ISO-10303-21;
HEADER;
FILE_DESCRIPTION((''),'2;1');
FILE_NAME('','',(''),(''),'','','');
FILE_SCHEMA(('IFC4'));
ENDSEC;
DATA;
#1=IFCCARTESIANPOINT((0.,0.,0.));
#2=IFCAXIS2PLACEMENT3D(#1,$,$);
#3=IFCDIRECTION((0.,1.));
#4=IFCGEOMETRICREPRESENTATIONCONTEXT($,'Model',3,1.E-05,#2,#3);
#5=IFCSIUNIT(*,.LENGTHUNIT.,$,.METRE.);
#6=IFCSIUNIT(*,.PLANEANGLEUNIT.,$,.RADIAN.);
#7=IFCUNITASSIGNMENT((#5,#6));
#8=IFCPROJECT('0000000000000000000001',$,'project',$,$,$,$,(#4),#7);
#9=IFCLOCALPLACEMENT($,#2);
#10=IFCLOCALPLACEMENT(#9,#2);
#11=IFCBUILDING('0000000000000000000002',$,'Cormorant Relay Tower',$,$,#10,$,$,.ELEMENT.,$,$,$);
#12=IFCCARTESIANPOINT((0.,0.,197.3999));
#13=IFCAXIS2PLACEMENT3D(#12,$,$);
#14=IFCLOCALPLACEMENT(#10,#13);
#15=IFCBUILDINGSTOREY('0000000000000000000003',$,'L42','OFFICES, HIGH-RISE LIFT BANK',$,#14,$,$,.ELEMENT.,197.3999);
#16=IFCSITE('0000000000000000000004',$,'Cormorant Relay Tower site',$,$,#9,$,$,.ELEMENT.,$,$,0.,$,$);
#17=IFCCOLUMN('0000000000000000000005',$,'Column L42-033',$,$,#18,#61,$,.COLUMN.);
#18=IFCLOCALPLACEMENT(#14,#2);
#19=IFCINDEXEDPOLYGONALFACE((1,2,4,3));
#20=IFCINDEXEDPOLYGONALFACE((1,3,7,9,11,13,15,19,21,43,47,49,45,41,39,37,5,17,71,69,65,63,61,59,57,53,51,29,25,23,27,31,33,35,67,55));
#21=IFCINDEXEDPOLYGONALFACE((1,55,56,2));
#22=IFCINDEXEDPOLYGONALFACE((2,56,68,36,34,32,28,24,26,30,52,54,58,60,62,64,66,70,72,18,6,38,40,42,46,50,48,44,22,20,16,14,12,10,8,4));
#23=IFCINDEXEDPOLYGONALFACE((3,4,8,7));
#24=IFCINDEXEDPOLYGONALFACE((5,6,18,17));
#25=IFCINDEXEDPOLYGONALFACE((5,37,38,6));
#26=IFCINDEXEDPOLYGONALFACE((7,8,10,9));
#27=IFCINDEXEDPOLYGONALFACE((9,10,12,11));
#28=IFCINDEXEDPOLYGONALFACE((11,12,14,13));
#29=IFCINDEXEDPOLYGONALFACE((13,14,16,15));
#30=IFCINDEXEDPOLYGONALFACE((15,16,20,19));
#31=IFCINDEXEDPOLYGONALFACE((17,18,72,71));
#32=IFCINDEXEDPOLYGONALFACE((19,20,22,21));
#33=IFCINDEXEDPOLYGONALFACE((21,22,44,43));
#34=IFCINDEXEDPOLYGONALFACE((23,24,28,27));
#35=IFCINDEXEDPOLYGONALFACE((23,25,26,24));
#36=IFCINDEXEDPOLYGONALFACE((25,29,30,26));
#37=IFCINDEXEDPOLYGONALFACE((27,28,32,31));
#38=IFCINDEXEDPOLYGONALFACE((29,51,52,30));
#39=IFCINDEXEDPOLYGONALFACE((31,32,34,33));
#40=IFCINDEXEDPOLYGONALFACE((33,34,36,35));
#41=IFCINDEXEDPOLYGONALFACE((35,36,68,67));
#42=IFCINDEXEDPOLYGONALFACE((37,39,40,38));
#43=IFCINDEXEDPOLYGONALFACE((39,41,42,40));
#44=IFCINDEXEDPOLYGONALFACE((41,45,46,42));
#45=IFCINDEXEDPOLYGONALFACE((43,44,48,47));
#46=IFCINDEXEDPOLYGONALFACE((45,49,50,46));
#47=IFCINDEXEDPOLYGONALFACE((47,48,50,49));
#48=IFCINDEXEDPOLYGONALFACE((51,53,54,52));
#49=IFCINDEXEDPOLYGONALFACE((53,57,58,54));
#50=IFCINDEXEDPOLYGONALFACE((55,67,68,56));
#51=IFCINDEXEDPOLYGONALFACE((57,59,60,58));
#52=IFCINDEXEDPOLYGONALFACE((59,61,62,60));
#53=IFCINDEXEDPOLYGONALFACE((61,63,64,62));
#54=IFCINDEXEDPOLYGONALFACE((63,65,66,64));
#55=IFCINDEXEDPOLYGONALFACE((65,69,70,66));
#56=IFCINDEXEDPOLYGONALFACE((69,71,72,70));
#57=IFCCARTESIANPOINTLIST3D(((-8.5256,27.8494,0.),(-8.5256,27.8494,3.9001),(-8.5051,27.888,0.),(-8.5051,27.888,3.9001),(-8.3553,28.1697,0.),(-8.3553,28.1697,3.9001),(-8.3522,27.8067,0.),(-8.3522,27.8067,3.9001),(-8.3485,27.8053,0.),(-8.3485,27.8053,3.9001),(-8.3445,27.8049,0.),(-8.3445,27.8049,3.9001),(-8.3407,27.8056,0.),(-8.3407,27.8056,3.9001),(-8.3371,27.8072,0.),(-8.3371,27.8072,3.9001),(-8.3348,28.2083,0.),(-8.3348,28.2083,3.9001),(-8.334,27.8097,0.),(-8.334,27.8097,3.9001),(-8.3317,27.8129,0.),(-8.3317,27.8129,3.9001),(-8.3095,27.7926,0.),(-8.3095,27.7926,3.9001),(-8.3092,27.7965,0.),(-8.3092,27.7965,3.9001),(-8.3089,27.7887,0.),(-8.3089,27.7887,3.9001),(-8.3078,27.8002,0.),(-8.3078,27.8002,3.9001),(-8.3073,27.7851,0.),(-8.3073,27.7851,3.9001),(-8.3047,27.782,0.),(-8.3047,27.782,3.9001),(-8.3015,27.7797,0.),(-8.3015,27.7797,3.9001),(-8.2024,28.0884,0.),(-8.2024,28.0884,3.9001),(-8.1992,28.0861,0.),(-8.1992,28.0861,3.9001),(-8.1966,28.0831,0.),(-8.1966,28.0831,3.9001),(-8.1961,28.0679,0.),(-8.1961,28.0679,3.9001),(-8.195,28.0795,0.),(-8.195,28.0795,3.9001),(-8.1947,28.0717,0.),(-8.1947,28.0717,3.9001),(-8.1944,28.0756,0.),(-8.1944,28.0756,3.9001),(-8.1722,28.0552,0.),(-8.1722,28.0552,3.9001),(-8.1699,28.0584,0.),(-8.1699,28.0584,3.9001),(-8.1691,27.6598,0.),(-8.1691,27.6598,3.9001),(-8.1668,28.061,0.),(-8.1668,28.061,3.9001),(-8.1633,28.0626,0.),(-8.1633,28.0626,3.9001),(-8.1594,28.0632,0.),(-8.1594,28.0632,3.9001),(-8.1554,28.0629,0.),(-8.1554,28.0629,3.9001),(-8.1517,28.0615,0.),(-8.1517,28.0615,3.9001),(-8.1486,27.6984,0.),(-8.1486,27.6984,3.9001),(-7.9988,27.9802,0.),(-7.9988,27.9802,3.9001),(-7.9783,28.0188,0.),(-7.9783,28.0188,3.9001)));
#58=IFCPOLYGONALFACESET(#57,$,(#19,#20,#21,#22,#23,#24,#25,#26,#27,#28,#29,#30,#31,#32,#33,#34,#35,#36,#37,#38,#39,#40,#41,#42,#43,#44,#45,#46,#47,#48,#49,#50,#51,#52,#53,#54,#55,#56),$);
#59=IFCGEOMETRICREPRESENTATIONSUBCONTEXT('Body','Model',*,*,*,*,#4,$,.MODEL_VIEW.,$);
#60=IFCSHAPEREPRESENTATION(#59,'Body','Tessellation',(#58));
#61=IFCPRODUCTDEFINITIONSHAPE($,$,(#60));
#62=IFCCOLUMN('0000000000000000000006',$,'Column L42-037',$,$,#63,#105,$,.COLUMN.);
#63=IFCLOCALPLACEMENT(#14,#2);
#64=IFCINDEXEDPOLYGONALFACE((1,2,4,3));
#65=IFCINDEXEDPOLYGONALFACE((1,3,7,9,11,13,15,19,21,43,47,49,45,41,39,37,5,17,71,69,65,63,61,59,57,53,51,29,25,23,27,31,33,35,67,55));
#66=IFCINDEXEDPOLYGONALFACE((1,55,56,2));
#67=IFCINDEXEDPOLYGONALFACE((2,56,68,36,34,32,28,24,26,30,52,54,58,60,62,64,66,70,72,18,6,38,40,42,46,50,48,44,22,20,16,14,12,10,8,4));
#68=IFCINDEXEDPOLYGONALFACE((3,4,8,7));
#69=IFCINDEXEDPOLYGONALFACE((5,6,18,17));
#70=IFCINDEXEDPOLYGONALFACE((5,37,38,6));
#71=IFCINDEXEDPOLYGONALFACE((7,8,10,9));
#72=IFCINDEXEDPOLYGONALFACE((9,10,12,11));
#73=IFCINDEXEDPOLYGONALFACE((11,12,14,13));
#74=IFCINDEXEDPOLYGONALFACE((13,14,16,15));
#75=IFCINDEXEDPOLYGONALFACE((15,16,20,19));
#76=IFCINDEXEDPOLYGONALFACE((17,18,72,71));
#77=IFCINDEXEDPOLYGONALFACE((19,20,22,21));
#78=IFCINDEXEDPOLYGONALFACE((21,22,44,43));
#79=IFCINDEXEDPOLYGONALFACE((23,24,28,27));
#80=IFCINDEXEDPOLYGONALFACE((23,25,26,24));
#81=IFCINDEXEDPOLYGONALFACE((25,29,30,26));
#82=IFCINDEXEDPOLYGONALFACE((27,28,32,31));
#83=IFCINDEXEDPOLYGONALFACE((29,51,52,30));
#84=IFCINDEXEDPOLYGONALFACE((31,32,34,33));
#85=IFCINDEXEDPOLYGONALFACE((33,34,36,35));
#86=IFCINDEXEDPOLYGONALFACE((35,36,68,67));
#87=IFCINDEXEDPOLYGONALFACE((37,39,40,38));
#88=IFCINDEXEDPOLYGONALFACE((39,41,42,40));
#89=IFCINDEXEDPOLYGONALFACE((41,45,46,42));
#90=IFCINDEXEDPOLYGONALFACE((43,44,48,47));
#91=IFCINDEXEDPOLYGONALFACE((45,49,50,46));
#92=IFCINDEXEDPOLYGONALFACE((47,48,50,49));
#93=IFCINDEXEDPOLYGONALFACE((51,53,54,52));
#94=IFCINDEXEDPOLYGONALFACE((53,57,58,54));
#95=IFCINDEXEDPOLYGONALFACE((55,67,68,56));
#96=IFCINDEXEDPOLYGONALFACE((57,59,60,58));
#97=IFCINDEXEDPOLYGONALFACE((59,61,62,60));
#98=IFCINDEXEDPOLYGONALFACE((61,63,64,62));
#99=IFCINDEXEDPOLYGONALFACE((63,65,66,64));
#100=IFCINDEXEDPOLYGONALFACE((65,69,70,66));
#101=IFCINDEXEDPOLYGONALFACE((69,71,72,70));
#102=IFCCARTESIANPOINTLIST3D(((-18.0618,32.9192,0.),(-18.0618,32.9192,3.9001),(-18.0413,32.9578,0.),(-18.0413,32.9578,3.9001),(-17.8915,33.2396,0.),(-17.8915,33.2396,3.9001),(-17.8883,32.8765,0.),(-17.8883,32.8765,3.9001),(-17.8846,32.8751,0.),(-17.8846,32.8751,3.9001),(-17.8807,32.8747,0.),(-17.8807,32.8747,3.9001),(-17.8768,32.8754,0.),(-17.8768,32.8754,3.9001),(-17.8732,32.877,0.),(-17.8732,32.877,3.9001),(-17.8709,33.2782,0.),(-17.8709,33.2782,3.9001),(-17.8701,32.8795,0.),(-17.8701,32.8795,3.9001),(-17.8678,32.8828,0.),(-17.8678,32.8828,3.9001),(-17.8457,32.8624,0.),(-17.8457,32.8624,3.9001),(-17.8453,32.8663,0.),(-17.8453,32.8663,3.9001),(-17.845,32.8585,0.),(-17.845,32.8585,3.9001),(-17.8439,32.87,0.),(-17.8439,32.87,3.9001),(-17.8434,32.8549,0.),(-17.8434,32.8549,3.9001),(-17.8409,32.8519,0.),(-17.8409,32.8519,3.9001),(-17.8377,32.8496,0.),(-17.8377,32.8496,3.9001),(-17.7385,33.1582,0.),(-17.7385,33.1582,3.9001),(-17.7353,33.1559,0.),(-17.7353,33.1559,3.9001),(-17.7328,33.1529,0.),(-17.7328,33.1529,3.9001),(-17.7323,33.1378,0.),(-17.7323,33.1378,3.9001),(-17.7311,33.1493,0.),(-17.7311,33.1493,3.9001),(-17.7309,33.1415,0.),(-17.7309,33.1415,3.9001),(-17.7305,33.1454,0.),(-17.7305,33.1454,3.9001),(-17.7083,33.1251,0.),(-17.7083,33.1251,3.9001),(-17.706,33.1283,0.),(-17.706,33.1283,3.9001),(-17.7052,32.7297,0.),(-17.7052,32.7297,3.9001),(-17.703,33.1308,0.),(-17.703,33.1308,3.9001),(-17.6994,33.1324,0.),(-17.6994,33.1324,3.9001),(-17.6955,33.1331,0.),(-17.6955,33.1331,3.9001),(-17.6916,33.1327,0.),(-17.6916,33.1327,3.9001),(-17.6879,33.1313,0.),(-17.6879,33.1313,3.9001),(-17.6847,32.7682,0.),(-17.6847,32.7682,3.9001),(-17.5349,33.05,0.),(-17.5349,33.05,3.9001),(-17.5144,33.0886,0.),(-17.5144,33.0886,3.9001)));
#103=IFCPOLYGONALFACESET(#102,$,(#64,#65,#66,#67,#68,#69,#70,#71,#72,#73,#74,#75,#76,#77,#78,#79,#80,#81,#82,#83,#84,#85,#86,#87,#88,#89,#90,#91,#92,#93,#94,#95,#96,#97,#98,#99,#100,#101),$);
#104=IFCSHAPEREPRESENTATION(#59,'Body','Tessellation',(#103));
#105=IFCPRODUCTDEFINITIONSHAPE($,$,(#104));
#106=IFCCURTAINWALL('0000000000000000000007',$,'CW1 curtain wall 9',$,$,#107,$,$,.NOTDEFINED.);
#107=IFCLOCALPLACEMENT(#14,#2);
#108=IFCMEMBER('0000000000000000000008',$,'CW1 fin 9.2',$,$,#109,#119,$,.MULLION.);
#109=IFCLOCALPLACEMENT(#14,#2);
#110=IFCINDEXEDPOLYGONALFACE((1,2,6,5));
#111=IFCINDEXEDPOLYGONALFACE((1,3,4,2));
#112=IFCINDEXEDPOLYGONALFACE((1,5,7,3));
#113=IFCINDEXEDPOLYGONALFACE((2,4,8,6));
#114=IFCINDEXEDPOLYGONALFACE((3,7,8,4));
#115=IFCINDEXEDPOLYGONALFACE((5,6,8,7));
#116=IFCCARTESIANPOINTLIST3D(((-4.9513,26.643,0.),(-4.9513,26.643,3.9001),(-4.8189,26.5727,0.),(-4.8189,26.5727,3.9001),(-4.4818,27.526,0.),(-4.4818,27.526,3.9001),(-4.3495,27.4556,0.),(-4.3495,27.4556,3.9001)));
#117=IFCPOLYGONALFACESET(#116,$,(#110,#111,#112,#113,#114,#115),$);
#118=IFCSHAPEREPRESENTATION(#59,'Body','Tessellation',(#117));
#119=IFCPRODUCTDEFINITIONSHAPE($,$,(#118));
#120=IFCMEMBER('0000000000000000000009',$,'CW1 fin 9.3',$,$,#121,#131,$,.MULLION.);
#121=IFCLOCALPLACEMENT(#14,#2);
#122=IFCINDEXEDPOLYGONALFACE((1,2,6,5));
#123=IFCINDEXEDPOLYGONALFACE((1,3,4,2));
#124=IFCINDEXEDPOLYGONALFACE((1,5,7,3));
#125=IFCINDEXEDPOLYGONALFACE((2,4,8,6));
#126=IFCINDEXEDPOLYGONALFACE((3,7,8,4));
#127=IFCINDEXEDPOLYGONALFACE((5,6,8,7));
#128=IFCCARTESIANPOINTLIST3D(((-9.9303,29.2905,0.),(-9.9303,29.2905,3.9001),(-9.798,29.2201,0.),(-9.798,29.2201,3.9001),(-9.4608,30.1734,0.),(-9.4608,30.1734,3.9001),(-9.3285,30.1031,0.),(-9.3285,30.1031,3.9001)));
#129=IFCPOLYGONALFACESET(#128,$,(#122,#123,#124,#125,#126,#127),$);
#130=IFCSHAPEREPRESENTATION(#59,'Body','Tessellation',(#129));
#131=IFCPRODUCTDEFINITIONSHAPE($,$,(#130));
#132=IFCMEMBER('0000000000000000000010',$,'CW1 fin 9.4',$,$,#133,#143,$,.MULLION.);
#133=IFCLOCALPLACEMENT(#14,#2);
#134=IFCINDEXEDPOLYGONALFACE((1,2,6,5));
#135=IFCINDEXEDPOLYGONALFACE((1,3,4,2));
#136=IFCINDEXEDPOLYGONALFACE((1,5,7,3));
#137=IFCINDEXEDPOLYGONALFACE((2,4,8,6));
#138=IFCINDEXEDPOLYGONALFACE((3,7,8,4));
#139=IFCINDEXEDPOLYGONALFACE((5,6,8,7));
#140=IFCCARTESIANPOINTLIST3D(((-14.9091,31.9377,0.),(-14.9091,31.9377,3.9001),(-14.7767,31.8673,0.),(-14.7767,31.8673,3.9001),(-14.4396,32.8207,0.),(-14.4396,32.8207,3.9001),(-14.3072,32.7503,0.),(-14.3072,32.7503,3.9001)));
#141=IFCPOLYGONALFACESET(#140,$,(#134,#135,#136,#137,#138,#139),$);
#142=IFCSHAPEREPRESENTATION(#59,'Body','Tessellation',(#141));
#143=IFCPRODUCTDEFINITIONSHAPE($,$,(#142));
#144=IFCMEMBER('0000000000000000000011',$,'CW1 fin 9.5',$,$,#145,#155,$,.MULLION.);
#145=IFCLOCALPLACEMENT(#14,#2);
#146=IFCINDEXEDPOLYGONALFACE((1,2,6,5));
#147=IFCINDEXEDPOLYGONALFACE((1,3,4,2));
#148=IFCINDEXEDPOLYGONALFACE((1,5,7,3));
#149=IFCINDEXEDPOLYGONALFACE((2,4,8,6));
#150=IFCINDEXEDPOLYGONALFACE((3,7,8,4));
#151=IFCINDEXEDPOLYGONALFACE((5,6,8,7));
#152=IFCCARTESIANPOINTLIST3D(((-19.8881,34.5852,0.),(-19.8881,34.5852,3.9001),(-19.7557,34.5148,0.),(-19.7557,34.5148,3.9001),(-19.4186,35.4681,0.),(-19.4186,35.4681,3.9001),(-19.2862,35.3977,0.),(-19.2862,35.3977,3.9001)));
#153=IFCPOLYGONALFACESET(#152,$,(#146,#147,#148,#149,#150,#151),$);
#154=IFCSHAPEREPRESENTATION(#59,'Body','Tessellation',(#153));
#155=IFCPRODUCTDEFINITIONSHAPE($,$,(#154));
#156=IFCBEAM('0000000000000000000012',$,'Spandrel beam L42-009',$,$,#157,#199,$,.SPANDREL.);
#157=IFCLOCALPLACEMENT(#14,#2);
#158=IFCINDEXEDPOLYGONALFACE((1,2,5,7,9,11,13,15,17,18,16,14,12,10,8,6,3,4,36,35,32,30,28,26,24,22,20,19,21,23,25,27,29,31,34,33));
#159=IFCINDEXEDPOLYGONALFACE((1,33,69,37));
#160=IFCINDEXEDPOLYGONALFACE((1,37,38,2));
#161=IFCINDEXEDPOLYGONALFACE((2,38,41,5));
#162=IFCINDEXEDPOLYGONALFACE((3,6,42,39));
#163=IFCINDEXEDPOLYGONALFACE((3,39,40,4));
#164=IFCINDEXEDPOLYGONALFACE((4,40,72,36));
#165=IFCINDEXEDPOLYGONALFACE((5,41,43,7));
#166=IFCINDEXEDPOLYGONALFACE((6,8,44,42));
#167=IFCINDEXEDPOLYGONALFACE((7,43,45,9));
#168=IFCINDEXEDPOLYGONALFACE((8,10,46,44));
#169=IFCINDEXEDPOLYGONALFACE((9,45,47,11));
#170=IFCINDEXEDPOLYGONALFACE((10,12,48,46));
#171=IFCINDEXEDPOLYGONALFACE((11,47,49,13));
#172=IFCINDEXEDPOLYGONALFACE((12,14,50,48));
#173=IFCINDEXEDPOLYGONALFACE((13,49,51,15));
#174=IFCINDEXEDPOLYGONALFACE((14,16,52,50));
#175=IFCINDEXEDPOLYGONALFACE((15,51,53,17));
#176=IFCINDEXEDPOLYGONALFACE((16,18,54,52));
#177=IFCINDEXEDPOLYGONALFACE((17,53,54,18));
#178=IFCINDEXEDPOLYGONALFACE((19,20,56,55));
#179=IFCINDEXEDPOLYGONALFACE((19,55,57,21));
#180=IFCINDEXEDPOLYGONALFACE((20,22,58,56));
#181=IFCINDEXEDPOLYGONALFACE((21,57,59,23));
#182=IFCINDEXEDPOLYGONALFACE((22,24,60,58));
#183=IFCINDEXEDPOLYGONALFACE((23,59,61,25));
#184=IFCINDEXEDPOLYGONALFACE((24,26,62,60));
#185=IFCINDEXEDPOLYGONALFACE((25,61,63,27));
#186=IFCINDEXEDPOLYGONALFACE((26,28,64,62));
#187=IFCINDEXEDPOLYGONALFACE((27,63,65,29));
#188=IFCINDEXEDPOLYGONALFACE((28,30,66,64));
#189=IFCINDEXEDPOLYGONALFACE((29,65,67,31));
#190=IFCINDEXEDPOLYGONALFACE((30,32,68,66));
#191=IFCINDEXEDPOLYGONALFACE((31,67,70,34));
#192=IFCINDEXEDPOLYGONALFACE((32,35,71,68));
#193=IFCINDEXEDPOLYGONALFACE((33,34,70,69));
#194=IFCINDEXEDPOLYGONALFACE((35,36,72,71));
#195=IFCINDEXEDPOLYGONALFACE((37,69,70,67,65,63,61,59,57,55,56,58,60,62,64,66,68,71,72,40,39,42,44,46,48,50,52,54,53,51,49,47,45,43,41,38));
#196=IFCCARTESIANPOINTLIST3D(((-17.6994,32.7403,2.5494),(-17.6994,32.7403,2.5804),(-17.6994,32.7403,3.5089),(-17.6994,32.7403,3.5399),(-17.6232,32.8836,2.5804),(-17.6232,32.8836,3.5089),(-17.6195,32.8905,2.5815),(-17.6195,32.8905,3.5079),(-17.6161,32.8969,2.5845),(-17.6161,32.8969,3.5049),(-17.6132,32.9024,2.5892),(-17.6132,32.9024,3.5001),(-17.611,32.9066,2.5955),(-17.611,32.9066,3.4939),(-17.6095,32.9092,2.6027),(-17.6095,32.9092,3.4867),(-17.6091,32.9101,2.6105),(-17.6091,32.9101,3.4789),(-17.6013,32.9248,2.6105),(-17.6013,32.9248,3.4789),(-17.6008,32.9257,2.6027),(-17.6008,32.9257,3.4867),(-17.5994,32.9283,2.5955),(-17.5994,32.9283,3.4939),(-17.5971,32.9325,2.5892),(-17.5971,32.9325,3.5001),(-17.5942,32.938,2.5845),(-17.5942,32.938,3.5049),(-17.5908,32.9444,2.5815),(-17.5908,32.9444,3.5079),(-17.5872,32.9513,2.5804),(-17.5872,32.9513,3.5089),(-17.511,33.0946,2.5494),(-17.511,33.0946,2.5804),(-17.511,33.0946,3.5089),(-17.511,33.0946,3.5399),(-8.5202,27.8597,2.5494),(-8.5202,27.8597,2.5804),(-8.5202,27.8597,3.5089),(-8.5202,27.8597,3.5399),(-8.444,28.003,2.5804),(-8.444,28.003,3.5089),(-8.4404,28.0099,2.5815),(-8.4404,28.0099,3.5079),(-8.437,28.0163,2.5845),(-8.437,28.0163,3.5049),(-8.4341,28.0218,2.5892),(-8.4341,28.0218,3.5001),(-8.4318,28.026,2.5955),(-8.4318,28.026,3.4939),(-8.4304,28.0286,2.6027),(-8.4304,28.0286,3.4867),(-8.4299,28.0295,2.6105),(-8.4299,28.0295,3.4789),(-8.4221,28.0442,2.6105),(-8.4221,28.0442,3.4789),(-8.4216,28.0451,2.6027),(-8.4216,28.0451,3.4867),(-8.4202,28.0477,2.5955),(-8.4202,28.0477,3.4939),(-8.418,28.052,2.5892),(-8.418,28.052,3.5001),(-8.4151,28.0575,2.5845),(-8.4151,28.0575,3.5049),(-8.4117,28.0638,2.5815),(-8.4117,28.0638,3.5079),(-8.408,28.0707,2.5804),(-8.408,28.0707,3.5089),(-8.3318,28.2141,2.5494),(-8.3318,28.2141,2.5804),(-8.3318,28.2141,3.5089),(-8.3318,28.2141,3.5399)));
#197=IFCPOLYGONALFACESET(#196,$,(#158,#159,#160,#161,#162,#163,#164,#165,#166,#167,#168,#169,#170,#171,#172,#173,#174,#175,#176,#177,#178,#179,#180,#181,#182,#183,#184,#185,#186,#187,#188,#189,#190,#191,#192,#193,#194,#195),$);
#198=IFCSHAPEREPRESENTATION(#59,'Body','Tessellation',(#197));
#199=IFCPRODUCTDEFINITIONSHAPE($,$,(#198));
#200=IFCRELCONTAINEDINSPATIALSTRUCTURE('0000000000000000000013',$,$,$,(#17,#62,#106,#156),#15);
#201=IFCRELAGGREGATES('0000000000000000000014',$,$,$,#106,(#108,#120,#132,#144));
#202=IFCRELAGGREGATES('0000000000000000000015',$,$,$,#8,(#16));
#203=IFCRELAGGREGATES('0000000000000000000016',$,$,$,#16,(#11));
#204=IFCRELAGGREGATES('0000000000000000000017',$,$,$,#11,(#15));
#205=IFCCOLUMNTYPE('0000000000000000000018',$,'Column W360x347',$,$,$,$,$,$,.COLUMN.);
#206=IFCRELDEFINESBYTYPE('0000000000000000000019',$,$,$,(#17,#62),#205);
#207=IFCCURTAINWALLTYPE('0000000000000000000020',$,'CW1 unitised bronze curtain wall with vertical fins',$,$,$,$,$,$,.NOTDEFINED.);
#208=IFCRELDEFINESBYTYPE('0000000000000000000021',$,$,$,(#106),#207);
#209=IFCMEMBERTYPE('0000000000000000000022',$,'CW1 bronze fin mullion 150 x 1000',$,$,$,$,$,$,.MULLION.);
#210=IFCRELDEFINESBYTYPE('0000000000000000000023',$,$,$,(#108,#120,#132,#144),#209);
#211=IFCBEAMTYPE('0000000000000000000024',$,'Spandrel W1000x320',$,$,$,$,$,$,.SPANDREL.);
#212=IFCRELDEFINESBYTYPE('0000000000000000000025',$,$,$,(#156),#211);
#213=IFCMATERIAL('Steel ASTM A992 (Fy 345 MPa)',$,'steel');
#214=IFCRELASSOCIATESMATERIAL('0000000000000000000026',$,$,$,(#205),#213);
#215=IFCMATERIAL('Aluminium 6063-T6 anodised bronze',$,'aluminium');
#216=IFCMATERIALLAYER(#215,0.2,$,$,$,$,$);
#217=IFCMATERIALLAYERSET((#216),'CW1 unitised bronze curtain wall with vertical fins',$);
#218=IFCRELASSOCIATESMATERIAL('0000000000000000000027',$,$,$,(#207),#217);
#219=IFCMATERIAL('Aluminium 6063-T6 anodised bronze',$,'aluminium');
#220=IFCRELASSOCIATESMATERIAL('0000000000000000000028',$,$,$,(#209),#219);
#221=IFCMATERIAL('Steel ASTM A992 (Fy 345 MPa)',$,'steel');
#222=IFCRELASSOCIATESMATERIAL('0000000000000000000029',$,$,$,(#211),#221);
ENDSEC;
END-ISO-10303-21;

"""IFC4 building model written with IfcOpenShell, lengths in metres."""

from ifc_helpers import new_model, si_unit, direction, frame, origin, origin_2d, place, context, subcontext, project, spatial, rectangle, i_section, extrude, material, layer, layer_set, material_profile, profile_set, type_object, element, aggregate, save


model = new_model("IFC4")

# Units and contexts
model_context = context("Model", 3, precision=1e-05, world=origin(), true_north=direction((0.0, 1.0)))
body_context = subcontext(model_context, "Body", "Model", "MODEL_VIEW")
ifc_project = project(units=[si_unit("LENGTHUNIT", "METRE"), si_unit("PLANEANGLEUNIT", "RADIAN")], contexts=[model_context])

# Site, building, storey
site_placement = place(None, origin())
site = spatial("IfcSite", under=ifc_project, at=site_placement, Name="Cormorant Relay Tower site", CompositionType="ELEMENT", RefElevation=0.0)
building_placement = place(site_placement, origin())
building = spatial("IfcBuilding", under=site, at=building_placement, Name="Cormorant Relay Tower", CompositionType="ELEMENT")
storey_placement = place(building_placement, frame((0.0, 0.0, 197.3999)))
storey = spatial("IfcBuildingStorey", under=building, at=storey_placement, Name="L42", Description="OFFICES, HIGH-RISE LIFT BANK", CompositionType="ELEMENT", Elevation=197.3999)

# Columns
ifc_material_1 = material(Name="Steel ASTM A992 (Fy 345 MPa)", Category="steel")
ifc_material_profile_1 = material_profile(ifc_material_1, i_section(OverallWidth=0.4038, OverallDepth=0.4065, WebThickness=0.0271, FlangeThickness=0.0437, FilletRadius=0.0151, at=origin_2d()), Name="W360x347")
ifc_profile_set_1 = profile_set([ifc_material_profile_1], Name="Steel ASTM A992 (Fy 345 MPa)")
column_type = type_object("IfcColumnType", Name="Column W360x347", PredefinedType="COLUMN", material=ifc_profile_set_1)
for number, where, z_axis, x_axis, name in (
    (1, (-8.252, 27.9341, 0.0), (0.0, 0.0, 1.0), (-0.882948, 0.469472, 0.0), "Column L42-033"),
    (2, (-17.7881, 33.0039, 0.0), (0.0, 0.0, 1.0), (-0.882948, 0.469472, 0.0), "Column L42-037"),
):
    element("IfcColumn", number, at=place(storey_placement, frame(where, z_axis=z_axis, x_axis=x_axis)), inside=storey, type_object=column_type, Name=name, PredefinedType="COLUMN", context=body_context, shape_type="SweptSolid", body=[
        extrude(i_section(OverallWidth=0.4038, OverallDepth=0.4065, WebThickness=0.0271, FlangeThickness=0.0437, FilletRadius=0.0151, at=origin_2d()), origin(), (0.0, 0.0, 1.0), 3.9001),
    ])

# Curtain wall, members
ifc_material_2 = material(Name="Aluminium 6063-T6 anodised bronze", Category="aluminium")
ifc_layer_1 = layer(ifc_material_2, 0.2)
ifc_layer_set_1 = layer_set([ifc_layer_1], Name="CW1 unitised bronze curtain wall with vertical fins")
curtain_wall_type = type_object("IfcCurtainWallType", Name="CW1 unitised bronze curtain wall with vertical fins", PredefinedType="NOTDEFINED", material=ifc_layer_set_1)
curtain_wall_placement = place(storey_placement, origin())
curtain_wall = element("IfcCurtainWall", 3, at=curtain_wall_placement, inside=storey, type_object=curtain_wall_type, Name="CW1 curtain wall 9", PredefinedType="NOTDEFINED")
ifc_material_3 = material(Name="Aluminium 6063-T6 anodised bronze", Category="aluminium")
ifc_material_profile_2 = material_profile(ifc_material_3, rectangle(XDim=0.1499, YDim=1.0, at=origin_2d()), Name="AL 150x1000")
ifc_profile_set_2 = profile_set([ifc_material_profile_2], Name="Aluminium 6063-T6 anodised bronze")
member_type = type_object("IfcMemberType", Name="CW1 bronze fin mullion 150 x 1000", PredefinedType="MULLION", material=ifc_profile_set_2)
member_1_placement = place(storey_placement, frame((-4.6504, 27.0493, 0.0), z_axis=(0.0, 0.0, 1.0), x_axis=(-0.882948, 0.469472, 0.0)))
member_1 = element("IfcMember", 4, at=member_1_placement, type_object=member_type, Name="CW1 fin 9.2", PredefinedType="MULLION", context=body_context, shape_type="SweptSolid", body=[
    extrude(rectangle(XDim=0.1499, YDim=1.0, at=origin_2d()), origin(), (0.0, 0.0, 1.0), 3.9001),
])
member_2_placement = place(storey_placement, frame((-9.6294, 29.6968, 0.0), z_axis=(0.0, 0.0, 1.0), x_axis=(-0.882948, 0.469472, 0.0)))
member_2 = element("IfcMember", 5, at=member_2_placement, type_object=member_type, Name="CW1 fin 9.3", PredefinedType="MULLION", context=body_context, shape_type="SweptSolid", body=[
    extrude(rectangle(XDim=0.1499, YDim=1.0, at=origin_2d()), origin(), (0.0, 0.0, 1.0), 3.9001),
])
member_3_placement = place(storey_placement, frame((-14.6082, 32.344, 0.0), z_axis=(0.0, 0.0, 1.0), x_axis=(-0.882948, 0.469472, 0.0)))
member_3 = element("IfcMember", 6, at=member_3_placement, type_object=member_type, Name="CW1 fin 9.4", PredefinedType="MULLION", context=body_context, shape_type="SweptSolid", body=[
    extrude(rectangle(XDim=0.1499, YDim=1.0, at=origin_2d()), origin(), (0.0, 0.0, 1.0), 3.9001),
])
member_4_placement = place(storey_placement, frame((-19.5872, 34.9915, 0.0), z_axis=(0.0, 0.0, 1.0), x_axis=(-0.882948, 0.469472, 0.0)))
member_4 = element("IfcMember", 7, at=member_4_placement, type_object=member_type, Name="CW1 fin 9.5", PredefinedType="MULLION", context=body_context, shape_type="SweptSolid", body=[
    extrude(rectangle(XDim=0.1499, YDim=1.0, at=origin_2d()), origin(), (0.0, 0.0, 1.0), 3.9001),
])

# Beam
ifc_material_4 = material(Name="Steel ASTM A992 (Fy 345 MPa)", Category="steel")
ifc_material_profile_3 = material_profile(ifc_material_4, i_section(OverallWidth=0.4014, OverallDepth=0.9905, WebThickness=0.0166, FlangeThickness=0.031, FilletRadius=0.03, at=origin_2d()), Name="W1000x320")
ifc_profile_set_3 = profile_set([ifc_material_profile_3], Name="Steel ASTM A992 (Fy 345 MPa)")
beam_type_1 = type_object("IfcBeamType", Name="Spandrel W1000x320", PredefinedType="SPANDREL", material=ifc_profile_set_3)
beam_1_placement = place(storey_placement, frame((-8.426, 28.0369, 3.0447), z_axis=(-0.88295, 0.469468, 0.0), x_axis=(-0.469468, -0.88295, 0.0)))
element("IfcBeam", 8, at=beam_1_placement, inside=storey, type_object=beam_type_1, Name="Spandrel beam L42-009", PredefinedType="SPANDREL", context=body_context, shape_type="SweptSolid", body=[
    extrude(i_section(OverallWidth=0.4014, OverallDepth=0.9905, WebThickness=0.0166, FlangeThickness=0.031, FilletRadius=0.03, at=origin_2d()), origin(), (0.0, 0.0, 1.0), 10.396),
])

aggregate(curtain_wall, [member_1, member_2, member_3, member_4])

save(model, "model.ifc")
